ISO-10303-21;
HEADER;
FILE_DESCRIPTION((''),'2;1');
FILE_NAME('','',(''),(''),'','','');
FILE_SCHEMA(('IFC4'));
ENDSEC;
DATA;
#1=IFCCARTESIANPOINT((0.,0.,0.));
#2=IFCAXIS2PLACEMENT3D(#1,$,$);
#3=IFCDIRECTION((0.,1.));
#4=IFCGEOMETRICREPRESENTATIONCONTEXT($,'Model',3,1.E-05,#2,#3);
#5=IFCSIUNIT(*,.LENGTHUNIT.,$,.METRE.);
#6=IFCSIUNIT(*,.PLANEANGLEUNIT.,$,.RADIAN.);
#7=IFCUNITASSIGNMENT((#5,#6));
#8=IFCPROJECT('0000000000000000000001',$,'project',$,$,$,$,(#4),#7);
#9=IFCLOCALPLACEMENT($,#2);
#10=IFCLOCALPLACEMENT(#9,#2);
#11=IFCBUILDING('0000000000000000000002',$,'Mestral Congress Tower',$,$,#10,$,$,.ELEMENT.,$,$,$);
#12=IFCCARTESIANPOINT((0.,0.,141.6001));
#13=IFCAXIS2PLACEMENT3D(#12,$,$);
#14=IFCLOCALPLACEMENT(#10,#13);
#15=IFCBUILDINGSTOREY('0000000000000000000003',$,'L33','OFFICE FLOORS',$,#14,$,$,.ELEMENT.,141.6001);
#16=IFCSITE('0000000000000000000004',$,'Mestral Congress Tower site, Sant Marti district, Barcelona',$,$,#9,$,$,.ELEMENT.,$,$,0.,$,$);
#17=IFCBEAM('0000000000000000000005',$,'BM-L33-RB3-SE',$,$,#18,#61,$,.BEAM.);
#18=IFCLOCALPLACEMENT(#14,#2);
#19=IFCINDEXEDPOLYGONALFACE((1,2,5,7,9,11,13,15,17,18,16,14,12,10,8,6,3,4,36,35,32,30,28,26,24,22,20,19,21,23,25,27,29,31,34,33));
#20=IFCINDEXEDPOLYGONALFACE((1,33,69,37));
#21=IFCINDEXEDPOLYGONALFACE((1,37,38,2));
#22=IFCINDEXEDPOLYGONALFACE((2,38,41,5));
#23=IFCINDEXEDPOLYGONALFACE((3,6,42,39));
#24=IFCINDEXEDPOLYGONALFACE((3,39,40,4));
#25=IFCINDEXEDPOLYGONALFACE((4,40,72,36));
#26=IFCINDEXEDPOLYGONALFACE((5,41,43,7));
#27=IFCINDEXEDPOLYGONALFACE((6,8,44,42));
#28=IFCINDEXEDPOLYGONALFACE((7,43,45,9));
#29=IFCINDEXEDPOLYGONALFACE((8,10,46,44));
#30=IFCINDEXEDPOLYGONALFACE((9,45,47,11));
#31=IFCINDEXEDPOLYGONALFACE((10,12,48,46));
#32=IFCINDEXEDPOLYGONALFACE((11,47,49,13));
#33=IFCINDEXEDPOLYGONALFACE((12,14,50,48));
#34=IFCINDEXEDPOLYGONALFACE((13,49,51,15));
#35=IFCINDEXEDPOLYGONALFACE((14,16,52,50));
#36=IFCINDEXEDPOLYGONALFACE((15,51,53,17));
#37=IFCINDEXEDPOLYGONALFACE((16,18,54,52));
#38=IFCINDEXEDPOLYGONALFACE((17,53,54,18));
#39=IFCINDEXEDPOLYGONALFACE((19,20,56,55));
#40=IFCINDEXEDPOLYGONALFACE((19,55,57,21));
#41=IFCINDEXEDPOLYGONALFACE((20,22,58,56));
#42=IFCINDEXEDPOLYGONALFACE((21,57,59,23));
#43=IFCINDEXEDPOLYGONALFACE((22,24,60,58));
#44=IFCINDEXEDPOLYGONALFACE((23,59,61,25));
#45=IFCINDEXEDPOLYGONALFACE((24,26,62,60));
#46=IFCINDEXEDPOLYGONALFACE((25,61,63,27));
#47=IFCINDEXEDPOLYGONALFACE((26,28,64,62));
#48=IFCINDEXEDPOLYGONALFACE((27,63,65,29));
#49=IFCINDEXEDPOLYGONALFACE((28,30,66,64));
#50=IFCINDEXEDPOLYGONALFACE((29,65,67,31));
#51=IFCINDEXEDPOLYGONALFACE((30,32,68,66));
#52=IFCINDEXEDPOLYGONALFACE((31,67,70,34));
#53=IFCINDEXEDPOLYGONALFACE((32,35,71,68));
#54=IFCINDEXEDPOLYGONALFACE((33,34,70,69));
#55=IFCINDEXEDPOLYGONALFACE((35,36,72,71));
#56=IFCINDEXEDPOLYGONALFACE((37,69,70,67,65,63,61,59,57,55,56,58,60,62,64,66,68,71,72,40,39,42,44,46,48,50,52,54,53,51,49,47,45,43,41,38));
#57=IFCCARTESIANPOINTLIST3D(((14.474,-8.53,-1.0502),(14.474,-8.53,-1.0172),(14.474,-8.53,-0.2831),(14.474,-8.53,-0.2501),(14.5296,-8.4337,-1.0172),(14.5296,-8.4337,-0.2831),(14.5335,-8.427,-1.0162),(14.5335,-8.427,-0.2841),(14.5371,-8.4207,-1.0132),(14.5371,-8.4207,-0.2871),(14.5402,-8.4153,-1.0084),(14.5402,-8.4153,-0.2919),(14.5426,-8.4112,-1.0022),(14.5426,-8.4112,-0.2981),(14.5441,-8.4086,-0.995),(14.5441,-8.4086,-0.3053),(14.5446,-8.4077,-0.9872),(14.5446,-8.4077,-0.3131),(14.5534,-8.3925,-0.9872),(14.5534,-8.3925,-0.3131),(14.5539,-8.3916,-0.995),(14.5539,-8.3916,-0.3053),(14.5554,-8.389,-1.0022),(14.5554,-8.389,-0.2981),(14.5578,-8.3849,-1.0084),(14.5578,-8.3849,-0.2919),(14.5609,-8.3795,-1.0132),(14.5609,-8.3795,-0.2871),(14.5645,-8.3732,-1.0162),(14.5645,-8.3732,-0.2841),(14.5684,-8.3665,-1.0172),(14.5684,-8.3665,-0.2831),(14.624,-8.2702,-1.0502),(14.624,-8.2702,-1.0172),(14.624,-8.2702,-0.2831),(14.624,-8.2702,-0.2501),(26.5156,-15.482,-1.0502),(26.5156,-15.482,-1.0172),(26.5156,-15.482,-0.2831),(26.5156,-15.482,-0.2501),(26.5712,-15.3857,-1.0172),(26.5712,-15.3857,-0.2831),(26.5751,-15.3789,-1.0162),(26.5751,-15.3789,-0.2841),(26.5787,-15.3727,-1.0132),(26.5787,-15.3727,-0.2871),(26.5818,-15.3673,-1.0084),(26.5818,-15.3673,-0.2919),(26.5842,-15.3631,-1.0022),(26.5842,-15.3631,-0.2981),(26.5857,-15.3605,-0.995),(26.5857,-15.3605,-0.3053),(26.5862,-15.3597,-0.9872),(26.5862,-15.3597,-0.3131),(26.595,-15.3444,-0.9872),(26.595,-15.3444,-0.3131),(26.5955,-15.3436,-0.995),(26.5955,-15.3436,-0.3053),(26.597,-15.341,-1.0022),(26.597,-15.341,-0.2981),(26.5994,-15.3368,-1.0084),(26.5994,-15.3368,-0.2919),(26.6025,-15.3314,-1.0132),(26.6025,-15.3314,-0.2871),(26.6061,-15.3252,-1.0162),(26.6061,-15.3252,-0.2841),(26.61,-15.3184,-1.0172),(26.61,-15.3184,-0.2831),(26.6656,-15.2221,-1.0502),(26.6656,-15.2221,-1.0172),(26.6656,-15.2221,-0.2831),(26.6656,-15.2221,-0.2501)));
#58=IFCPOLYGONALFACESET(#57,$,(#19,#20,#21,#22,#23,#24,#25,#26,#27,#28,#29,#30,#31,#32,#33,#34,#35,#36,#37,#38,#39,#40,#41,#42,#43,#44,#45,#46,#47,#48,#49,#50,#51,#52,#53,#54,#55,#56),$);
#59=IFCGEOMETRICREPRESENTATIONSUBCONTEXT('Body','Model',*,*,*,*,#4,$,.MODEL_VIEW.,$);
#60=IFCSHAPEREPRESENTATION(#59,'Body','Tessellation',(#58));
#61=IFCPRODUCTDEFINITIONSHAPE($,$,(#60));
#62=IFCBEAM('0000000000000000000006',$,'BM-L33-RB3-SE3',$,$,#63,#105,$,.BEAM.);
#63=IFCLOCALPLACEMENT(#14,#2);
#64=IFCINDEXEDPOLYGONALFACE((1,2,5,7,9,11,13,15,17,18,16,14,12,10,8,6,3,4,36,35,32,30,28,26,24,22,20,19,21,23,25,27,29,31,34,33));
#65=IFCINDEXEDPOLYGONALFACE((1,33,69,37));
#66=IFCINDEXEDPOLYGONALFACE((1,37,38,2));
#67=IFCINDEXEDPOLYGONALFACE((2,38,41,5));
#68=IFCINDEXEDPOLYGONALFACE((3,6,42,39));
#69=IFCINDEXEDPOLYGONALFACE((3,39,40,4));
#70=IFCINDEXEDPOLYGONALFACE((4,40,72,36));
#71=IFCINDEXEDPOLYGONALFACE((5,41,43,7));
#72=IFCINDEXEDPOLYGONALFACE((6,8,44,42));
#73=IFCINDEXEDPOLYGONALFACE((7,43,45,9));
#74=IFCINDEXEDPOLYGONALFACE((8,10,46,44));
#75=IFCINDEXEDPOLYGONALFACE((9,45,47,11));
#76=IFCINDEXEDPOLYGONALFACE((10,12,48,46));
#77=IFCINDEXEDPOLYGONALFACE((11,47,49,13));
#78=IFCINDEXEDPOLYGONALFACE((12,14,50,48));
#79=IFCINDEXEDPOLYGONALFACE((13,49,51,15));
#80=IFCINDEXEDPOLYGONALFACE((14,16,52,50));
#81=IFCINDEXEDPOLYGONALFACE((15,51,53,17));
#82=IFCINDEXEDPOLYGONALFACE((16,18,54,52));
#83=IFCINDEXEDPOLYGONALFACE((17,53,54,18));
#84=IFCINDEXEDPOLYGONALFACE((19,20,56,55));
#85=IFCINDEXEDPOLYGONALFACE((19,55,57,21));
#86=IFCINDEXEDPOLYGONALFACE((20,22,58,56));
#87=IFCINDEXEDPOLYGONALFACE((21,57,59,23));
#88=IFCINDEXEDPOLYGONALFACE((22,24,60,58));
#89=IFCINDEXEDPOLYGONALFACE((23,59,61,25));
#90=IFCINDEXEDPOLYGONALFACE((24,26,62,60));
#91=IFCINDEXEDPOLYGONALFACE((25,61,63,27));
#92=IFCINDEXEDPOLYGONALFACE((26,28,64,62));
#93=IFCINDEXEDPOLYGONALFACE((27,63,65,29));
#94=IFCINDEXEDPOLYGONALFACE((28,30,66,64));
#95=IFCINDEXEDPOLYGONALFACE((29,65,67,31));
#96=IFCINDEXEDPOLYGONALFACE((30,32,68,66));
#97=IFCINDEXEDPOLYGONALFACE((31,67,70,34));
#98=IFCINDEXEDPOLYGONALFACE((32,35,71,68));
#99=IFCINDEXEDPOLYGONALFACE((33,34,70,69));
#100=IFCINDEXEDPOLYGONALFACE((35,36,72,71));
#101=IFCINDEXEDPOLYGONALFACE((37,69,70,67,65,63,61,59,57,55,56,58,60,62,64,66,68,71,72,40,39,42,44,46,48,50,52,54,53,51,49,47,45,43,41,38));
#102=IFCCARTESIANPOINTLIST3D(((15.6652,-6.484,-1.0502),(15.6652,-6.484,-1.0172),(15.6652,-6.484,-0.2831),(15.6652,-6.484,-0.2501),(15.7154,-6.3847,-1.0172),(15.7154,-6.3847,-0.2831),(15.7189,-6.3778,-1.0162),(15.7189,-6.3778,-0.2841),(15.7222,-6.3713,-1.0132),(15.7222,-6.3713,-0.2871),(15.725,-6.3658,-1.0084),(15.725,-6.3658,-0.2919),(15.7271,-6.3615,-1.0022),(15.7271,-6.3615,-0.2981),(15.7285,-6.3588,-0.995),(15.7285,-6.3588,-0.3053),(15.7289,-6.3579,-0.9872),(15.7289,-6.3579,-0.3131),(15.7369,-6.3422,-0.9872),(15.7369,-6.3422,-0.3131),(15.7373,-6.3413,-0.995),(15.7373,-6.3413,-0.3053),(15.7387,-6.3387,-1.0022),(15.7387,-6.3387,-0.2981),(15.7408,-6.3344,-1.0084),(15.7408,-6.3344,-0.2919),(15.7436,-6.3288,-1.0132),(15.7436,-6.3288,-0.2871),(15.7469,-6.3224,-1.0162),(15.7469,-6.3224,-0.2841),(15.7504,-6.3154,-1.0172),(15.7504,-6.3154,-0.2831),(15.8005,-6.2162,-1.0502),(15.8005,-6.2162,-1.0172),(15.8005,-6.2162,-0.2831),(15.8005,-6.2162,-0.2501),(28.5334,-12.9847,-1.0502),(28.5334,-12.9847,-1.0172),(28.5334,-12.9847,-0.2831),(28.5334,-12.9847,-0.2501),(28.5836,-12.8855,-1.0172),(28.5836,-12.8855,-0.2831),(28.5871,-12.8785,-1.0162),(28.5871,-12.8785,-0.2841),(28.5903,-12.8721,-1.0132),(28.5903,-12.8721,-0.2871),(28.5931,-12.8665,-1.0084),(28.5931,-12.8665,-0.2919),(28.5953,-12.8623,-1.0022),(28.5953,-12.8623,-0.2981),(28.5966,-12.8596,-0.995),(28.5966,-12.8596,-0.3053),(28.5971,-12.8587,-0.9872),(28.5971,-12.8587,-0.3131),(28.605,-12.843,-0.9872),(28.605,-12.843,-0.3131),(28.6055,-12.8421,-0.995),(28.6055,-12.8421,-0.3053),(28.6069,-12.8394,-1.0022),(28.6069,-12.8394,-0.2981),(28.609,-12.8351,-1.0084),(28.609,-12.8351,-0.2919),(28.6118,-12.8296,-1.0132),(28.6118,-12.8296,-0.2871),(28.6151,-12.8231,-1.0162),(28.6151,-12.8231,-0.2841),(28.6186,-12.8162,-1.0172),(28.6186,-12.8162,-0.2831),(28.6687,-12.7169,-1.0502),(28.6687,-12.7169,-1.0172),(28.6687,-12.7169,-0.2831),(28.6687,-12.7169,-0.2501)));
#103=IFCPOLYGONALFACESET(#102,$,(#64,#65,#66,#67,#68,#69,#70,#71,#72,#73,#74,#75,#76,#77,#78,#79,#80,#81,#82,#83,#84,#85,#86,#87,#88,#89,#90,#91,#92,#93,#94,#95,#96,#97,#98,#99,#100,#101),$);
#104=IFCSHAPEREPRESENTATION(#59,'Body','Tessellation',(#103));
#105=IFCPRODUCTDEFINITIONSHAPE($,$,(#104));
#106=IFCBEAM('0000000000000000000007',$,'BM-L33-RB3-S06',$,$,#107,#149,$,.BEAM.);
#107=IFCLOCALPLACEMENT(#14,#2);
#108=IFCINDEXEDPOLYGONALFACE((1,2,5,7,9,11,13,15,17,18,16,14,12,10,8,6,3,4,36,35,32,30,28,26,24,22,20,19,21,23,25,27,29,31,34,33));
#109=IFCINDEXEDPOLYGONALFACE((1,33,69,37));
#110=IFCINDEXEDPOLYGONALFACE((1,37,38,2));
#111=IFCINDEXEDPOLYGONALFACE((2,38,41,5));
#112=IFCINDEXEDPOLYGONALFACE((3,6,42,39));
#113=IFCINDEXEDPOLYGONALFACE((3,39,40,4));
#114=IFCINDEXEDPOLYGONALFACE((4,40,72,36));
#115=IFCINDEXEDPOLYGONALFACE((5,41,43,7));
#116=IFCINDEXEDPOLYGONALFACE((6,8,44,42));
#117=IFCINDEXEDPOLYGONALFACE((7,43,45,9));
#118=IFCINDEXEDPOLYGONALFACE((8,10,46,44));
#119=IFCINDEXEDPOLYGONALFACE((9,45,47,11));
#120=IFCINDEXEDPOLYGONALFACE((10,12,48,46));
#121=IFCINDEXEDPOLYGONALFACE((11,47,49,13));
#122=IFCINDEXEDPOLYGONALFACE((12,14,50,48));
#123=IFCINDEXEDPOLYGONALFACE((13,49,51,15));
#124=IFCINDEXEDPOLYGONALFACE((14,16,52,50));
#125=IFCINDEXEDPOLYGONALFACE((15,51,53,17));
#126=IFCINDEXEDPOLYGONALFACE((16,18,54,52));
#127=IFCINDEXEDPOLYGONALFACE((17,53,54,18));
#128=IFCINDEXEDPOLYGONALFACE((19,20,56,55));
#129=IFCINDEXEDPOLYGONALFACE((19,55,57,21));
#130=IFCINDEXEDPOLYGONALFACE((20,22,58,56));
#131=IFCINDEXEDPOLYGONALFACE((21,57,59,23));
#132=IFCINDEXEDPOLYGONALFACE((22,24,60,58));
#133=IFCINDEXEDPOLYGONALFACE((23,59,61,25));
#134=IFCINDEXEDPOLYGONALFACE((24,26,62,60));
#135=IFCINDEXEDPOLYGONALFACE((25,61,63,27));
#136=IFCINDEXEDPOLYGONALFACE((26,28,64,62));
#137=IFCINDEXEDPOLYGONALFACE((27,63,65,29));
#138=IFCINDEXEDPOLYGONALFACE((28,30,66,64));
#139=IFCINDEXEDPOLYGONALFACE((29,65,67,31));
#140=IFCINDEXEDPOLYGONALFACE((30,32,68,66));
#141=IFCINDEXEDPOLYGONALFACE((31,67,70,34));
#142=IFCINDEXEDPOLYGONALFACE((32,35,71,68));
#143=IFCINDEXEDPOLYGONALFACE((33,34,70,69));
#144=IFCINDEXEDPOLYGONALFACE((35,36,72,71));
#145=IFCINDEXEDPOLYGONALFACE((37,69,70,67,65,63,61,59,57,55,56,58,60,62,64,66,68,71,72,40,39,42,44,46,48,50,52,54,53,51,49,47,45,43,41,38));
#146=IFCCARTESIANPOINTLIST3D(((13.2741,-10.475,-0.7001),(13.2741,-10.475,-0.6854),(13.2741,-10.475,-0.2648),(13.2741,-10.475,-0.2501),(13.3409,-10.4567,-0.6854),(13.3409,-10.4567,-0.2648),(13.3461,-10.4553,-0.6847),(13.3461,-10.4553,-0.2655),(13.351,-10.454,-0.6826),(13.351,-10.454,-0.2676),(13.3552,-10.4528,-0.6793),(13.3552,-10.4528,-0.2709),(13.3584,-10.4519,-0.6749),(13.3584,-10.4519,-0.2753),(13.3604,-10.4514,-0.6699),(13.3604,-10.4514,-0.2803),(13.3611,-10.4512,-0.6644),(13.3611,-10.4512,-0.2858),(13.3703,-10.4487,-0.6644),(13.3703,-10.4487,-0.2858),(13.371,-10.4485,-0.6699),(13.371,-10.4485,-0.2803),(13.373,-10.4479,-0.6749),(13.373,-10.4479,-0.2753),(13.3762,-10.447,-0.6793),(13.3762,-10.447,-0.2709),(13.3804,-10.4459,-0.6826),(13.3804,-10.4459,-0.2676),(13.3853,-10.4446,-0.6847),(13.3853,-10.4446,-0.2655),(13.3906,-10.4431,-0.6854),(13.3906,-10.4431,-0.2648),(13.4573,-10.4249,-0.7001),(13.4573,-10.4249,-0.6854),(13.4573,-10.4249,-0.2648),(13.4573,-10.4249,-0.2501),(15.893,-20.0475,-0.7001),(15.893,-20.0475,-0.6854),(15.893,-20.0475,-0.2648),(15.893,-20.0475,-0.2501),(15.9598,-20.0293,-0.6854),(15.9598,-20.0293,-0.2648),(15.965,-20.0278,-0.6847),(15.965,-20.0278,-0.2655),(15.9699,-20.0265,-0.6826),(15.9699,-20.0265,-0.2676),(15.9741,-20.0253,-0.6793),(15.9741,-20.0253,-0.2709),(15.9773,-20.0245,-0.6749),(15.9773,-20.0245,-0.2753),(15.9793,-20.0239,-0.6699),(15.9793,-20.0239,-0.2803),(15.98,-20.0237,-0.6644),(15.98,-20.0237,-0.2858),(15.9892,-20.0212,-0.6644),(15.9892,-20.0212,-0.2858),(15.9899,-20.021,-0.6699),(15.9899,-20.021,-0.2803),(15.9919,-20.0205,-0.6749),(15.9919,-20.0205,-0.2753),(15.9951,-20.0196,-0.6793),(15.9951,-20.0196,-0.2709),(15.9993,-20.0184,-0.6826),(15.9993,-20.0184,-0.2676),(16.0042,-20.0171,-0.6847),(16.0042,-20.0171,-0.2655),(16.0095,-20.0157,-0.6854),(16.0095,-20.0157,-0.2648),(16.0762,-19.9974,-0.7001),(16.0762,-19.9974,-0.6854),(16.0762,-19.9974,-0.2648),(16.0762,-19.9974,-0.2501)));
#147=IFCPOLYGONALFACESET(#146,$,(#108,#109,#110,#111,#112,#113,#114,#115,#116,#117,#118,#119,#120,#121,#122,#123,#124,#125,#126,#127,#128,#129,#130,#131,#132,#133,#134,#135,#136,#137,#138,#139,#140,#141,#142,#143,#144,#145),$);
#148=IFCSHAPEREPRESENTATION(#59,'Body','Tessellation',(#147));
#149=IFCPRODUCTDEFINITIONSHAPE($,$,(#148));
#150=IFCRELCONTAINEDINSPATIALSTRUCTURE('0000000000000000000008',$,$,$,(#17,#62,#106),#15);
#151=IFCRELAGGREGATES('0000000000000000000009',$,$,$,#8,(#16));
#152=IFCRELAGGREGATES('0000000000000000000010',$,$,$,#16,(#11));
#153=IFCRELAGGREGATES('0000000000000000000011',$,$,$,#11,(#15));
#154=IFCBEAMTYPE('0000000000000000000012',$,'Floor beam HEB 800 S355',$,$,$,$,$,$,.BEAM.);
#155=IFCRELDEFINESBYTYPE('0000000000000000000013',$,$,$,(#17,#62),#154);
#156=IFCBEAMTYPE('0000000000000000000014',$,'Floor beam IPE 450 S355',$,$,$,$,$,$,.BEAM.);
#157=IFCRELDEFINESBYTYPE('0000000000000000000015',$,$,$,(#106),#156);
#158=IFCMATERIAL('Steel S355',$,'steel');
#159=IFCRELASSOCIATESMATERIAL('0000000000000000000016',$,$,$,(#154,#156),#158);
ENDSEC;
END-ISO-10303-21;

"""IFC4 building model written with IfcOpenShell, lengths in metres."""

from ifc_helpers import new_model, si_unit, direction, frame, origin, origin_2d, place, context, subcontext, project, spatial, i_section, extrude, material, material_profile, profile_set, type_object, element, save


model = new_model("IFC4")

# Units and contexts
model_context = context("Model", 3, precision=1e-05, world=origin(), true_north=direction((0.0, 1.0)))
body_context = subcontext(model_context, "Body", "Model", "MODEL_VIEW")
ifc_project = project(units=[si_unit("LENGTHUNIT", "METRE"), si_unit("PLANEANGLEUNIT", "RADIAN")], contexts=[model_context])

# Site, building, storey
site_placement = place(None, origin())
site = spatial("IfcSite", under=ifc_project, at=site_placement, Name="Mestral Congress Tower site, Sant Marti district, Barcelona", CompositionType="ELEMENT", RefElevation=0.0)
building_placement = place(site_placement, origin())
building = spatial("IfcBuilding", under=site, at=building_placement, Name="Mestral Congress Tower", CompositionType="ELEMENT")
storey_placement = place(building_placement, frame((0.0, 0.0, 141.6001)))
storey = spatial("IfcBuildingStorey", under=building, at=storey_placement, Name="L33", Description="OFFICE FLOORS", CompositionType="ELEMENT", Elevation=141.6001)

# Beams
ifc_material_1 = material(Name="Steel S355", Category="steel")
ifc_material_profile_1 = material_profile(ifc_material_1, i_section(OverallWidth=0.3, OverallDepth=0.8, WebThickness=0.0176, FlangeThickness=0.033, FilletRadius=0.03, at=origin_2d()), Name="HEB 800")
ifc_profile_set_1 = profile_set([ifc_material_profile_1], Name="Steel S355")
beam_type_1 = type_object("IfcBeamType", Name="Floor beam HEB 800 S355", PredefinedType="BEAM", material=ifc_profile_set_1)
beam_1_placement = place(storey_placement, frame((26.5906, -15.3521, -0.6501), z_axis=(-0.866034, 0.499986, 0.0), x_axis=(-0.499986, -0.866034, 0.0)))
element("IfcBeam", 1, at=beam_1_placement, inside=storey, type_object=beam_type_1, Name="BM-L33-RB3-SE", PredefinedType="BEAM", context=body_context, shape_type="SweptSolid", body=[
    extrude(i_section(OverallWidth=0.3, OverallDepth=0.8, WebThickness=0.0176, FlangeThickness=0.033, FilletRadius=0.03, at=origin_2d()), origin(), (0.0, 0.0, 1.0), 13.9043),
])
beam_2_placement = place(storey_placement, frame((28.6011, -12.8508, -0.6501), z_axis=(-0.89257, 0.450908, 0.0), x_axis=(-0.450908, -0.89257, 0.0)))
element("IfcBeam", 2, at=beam_2_placement, inside=storey, type_object=beam_type_1, Name="BM-L33-RB3-SE3", PredefinedType="BEAM", context=body_context, shape_type="SweptSolid", body=[
    extrude(i_section(OverallWidth=0.3, OverallDepth=0.8, WebThickness=0.0176, FlangeThickness=0.033, FilletRadius=0.03, at=origin_2d()), origin(), (0.0, 0.0, 1.0), 14.417),
])
ifc_material_profile_2 = material_profile(ifc_material_1, i_section(OverallWidth=0.1899, OverallDepth=0.45, WebThickness=0.0095, FlangeThickness=0.0146, FilletRadius=0.021, at=origin_2d()), Name="IPE 450")
ifc_profile_set_2 = profile_set([ifc_material_profile_2], Name="Steel S355")
beam_type_2 = type_object("IfcBeamType", Name="Floor beam IPE 450 S355", PredefinedType="BEAM", material=ifc_profile_set_2)
beam_3_placement = place(storey_placement, frame((15.9846, -20.0225, -0.4751), z_axis=(-0.263888, 0.964553, 0.0), x_axis=(-0.964553, -0.263888, 0.0)))
element("IfcBeam", 3, at=beam_3_placement, inside=storey, type_object=beam_type_2, Name="BM-L33-RB3-S06", PredefinedType="BEAM", context=body_context, shape_type="SweptSolid", body=[
    extrude(i_section(OverallWidth=0.1899, OverallDepth=0.45, WebThickness=0.0095, FlangeThickness=0.0146, FilletRadius=0.021, at=origin_2d()), origin(), (0.0, 0.0, 1.0), 9.9243),
])

save(model, "model.ifc")
